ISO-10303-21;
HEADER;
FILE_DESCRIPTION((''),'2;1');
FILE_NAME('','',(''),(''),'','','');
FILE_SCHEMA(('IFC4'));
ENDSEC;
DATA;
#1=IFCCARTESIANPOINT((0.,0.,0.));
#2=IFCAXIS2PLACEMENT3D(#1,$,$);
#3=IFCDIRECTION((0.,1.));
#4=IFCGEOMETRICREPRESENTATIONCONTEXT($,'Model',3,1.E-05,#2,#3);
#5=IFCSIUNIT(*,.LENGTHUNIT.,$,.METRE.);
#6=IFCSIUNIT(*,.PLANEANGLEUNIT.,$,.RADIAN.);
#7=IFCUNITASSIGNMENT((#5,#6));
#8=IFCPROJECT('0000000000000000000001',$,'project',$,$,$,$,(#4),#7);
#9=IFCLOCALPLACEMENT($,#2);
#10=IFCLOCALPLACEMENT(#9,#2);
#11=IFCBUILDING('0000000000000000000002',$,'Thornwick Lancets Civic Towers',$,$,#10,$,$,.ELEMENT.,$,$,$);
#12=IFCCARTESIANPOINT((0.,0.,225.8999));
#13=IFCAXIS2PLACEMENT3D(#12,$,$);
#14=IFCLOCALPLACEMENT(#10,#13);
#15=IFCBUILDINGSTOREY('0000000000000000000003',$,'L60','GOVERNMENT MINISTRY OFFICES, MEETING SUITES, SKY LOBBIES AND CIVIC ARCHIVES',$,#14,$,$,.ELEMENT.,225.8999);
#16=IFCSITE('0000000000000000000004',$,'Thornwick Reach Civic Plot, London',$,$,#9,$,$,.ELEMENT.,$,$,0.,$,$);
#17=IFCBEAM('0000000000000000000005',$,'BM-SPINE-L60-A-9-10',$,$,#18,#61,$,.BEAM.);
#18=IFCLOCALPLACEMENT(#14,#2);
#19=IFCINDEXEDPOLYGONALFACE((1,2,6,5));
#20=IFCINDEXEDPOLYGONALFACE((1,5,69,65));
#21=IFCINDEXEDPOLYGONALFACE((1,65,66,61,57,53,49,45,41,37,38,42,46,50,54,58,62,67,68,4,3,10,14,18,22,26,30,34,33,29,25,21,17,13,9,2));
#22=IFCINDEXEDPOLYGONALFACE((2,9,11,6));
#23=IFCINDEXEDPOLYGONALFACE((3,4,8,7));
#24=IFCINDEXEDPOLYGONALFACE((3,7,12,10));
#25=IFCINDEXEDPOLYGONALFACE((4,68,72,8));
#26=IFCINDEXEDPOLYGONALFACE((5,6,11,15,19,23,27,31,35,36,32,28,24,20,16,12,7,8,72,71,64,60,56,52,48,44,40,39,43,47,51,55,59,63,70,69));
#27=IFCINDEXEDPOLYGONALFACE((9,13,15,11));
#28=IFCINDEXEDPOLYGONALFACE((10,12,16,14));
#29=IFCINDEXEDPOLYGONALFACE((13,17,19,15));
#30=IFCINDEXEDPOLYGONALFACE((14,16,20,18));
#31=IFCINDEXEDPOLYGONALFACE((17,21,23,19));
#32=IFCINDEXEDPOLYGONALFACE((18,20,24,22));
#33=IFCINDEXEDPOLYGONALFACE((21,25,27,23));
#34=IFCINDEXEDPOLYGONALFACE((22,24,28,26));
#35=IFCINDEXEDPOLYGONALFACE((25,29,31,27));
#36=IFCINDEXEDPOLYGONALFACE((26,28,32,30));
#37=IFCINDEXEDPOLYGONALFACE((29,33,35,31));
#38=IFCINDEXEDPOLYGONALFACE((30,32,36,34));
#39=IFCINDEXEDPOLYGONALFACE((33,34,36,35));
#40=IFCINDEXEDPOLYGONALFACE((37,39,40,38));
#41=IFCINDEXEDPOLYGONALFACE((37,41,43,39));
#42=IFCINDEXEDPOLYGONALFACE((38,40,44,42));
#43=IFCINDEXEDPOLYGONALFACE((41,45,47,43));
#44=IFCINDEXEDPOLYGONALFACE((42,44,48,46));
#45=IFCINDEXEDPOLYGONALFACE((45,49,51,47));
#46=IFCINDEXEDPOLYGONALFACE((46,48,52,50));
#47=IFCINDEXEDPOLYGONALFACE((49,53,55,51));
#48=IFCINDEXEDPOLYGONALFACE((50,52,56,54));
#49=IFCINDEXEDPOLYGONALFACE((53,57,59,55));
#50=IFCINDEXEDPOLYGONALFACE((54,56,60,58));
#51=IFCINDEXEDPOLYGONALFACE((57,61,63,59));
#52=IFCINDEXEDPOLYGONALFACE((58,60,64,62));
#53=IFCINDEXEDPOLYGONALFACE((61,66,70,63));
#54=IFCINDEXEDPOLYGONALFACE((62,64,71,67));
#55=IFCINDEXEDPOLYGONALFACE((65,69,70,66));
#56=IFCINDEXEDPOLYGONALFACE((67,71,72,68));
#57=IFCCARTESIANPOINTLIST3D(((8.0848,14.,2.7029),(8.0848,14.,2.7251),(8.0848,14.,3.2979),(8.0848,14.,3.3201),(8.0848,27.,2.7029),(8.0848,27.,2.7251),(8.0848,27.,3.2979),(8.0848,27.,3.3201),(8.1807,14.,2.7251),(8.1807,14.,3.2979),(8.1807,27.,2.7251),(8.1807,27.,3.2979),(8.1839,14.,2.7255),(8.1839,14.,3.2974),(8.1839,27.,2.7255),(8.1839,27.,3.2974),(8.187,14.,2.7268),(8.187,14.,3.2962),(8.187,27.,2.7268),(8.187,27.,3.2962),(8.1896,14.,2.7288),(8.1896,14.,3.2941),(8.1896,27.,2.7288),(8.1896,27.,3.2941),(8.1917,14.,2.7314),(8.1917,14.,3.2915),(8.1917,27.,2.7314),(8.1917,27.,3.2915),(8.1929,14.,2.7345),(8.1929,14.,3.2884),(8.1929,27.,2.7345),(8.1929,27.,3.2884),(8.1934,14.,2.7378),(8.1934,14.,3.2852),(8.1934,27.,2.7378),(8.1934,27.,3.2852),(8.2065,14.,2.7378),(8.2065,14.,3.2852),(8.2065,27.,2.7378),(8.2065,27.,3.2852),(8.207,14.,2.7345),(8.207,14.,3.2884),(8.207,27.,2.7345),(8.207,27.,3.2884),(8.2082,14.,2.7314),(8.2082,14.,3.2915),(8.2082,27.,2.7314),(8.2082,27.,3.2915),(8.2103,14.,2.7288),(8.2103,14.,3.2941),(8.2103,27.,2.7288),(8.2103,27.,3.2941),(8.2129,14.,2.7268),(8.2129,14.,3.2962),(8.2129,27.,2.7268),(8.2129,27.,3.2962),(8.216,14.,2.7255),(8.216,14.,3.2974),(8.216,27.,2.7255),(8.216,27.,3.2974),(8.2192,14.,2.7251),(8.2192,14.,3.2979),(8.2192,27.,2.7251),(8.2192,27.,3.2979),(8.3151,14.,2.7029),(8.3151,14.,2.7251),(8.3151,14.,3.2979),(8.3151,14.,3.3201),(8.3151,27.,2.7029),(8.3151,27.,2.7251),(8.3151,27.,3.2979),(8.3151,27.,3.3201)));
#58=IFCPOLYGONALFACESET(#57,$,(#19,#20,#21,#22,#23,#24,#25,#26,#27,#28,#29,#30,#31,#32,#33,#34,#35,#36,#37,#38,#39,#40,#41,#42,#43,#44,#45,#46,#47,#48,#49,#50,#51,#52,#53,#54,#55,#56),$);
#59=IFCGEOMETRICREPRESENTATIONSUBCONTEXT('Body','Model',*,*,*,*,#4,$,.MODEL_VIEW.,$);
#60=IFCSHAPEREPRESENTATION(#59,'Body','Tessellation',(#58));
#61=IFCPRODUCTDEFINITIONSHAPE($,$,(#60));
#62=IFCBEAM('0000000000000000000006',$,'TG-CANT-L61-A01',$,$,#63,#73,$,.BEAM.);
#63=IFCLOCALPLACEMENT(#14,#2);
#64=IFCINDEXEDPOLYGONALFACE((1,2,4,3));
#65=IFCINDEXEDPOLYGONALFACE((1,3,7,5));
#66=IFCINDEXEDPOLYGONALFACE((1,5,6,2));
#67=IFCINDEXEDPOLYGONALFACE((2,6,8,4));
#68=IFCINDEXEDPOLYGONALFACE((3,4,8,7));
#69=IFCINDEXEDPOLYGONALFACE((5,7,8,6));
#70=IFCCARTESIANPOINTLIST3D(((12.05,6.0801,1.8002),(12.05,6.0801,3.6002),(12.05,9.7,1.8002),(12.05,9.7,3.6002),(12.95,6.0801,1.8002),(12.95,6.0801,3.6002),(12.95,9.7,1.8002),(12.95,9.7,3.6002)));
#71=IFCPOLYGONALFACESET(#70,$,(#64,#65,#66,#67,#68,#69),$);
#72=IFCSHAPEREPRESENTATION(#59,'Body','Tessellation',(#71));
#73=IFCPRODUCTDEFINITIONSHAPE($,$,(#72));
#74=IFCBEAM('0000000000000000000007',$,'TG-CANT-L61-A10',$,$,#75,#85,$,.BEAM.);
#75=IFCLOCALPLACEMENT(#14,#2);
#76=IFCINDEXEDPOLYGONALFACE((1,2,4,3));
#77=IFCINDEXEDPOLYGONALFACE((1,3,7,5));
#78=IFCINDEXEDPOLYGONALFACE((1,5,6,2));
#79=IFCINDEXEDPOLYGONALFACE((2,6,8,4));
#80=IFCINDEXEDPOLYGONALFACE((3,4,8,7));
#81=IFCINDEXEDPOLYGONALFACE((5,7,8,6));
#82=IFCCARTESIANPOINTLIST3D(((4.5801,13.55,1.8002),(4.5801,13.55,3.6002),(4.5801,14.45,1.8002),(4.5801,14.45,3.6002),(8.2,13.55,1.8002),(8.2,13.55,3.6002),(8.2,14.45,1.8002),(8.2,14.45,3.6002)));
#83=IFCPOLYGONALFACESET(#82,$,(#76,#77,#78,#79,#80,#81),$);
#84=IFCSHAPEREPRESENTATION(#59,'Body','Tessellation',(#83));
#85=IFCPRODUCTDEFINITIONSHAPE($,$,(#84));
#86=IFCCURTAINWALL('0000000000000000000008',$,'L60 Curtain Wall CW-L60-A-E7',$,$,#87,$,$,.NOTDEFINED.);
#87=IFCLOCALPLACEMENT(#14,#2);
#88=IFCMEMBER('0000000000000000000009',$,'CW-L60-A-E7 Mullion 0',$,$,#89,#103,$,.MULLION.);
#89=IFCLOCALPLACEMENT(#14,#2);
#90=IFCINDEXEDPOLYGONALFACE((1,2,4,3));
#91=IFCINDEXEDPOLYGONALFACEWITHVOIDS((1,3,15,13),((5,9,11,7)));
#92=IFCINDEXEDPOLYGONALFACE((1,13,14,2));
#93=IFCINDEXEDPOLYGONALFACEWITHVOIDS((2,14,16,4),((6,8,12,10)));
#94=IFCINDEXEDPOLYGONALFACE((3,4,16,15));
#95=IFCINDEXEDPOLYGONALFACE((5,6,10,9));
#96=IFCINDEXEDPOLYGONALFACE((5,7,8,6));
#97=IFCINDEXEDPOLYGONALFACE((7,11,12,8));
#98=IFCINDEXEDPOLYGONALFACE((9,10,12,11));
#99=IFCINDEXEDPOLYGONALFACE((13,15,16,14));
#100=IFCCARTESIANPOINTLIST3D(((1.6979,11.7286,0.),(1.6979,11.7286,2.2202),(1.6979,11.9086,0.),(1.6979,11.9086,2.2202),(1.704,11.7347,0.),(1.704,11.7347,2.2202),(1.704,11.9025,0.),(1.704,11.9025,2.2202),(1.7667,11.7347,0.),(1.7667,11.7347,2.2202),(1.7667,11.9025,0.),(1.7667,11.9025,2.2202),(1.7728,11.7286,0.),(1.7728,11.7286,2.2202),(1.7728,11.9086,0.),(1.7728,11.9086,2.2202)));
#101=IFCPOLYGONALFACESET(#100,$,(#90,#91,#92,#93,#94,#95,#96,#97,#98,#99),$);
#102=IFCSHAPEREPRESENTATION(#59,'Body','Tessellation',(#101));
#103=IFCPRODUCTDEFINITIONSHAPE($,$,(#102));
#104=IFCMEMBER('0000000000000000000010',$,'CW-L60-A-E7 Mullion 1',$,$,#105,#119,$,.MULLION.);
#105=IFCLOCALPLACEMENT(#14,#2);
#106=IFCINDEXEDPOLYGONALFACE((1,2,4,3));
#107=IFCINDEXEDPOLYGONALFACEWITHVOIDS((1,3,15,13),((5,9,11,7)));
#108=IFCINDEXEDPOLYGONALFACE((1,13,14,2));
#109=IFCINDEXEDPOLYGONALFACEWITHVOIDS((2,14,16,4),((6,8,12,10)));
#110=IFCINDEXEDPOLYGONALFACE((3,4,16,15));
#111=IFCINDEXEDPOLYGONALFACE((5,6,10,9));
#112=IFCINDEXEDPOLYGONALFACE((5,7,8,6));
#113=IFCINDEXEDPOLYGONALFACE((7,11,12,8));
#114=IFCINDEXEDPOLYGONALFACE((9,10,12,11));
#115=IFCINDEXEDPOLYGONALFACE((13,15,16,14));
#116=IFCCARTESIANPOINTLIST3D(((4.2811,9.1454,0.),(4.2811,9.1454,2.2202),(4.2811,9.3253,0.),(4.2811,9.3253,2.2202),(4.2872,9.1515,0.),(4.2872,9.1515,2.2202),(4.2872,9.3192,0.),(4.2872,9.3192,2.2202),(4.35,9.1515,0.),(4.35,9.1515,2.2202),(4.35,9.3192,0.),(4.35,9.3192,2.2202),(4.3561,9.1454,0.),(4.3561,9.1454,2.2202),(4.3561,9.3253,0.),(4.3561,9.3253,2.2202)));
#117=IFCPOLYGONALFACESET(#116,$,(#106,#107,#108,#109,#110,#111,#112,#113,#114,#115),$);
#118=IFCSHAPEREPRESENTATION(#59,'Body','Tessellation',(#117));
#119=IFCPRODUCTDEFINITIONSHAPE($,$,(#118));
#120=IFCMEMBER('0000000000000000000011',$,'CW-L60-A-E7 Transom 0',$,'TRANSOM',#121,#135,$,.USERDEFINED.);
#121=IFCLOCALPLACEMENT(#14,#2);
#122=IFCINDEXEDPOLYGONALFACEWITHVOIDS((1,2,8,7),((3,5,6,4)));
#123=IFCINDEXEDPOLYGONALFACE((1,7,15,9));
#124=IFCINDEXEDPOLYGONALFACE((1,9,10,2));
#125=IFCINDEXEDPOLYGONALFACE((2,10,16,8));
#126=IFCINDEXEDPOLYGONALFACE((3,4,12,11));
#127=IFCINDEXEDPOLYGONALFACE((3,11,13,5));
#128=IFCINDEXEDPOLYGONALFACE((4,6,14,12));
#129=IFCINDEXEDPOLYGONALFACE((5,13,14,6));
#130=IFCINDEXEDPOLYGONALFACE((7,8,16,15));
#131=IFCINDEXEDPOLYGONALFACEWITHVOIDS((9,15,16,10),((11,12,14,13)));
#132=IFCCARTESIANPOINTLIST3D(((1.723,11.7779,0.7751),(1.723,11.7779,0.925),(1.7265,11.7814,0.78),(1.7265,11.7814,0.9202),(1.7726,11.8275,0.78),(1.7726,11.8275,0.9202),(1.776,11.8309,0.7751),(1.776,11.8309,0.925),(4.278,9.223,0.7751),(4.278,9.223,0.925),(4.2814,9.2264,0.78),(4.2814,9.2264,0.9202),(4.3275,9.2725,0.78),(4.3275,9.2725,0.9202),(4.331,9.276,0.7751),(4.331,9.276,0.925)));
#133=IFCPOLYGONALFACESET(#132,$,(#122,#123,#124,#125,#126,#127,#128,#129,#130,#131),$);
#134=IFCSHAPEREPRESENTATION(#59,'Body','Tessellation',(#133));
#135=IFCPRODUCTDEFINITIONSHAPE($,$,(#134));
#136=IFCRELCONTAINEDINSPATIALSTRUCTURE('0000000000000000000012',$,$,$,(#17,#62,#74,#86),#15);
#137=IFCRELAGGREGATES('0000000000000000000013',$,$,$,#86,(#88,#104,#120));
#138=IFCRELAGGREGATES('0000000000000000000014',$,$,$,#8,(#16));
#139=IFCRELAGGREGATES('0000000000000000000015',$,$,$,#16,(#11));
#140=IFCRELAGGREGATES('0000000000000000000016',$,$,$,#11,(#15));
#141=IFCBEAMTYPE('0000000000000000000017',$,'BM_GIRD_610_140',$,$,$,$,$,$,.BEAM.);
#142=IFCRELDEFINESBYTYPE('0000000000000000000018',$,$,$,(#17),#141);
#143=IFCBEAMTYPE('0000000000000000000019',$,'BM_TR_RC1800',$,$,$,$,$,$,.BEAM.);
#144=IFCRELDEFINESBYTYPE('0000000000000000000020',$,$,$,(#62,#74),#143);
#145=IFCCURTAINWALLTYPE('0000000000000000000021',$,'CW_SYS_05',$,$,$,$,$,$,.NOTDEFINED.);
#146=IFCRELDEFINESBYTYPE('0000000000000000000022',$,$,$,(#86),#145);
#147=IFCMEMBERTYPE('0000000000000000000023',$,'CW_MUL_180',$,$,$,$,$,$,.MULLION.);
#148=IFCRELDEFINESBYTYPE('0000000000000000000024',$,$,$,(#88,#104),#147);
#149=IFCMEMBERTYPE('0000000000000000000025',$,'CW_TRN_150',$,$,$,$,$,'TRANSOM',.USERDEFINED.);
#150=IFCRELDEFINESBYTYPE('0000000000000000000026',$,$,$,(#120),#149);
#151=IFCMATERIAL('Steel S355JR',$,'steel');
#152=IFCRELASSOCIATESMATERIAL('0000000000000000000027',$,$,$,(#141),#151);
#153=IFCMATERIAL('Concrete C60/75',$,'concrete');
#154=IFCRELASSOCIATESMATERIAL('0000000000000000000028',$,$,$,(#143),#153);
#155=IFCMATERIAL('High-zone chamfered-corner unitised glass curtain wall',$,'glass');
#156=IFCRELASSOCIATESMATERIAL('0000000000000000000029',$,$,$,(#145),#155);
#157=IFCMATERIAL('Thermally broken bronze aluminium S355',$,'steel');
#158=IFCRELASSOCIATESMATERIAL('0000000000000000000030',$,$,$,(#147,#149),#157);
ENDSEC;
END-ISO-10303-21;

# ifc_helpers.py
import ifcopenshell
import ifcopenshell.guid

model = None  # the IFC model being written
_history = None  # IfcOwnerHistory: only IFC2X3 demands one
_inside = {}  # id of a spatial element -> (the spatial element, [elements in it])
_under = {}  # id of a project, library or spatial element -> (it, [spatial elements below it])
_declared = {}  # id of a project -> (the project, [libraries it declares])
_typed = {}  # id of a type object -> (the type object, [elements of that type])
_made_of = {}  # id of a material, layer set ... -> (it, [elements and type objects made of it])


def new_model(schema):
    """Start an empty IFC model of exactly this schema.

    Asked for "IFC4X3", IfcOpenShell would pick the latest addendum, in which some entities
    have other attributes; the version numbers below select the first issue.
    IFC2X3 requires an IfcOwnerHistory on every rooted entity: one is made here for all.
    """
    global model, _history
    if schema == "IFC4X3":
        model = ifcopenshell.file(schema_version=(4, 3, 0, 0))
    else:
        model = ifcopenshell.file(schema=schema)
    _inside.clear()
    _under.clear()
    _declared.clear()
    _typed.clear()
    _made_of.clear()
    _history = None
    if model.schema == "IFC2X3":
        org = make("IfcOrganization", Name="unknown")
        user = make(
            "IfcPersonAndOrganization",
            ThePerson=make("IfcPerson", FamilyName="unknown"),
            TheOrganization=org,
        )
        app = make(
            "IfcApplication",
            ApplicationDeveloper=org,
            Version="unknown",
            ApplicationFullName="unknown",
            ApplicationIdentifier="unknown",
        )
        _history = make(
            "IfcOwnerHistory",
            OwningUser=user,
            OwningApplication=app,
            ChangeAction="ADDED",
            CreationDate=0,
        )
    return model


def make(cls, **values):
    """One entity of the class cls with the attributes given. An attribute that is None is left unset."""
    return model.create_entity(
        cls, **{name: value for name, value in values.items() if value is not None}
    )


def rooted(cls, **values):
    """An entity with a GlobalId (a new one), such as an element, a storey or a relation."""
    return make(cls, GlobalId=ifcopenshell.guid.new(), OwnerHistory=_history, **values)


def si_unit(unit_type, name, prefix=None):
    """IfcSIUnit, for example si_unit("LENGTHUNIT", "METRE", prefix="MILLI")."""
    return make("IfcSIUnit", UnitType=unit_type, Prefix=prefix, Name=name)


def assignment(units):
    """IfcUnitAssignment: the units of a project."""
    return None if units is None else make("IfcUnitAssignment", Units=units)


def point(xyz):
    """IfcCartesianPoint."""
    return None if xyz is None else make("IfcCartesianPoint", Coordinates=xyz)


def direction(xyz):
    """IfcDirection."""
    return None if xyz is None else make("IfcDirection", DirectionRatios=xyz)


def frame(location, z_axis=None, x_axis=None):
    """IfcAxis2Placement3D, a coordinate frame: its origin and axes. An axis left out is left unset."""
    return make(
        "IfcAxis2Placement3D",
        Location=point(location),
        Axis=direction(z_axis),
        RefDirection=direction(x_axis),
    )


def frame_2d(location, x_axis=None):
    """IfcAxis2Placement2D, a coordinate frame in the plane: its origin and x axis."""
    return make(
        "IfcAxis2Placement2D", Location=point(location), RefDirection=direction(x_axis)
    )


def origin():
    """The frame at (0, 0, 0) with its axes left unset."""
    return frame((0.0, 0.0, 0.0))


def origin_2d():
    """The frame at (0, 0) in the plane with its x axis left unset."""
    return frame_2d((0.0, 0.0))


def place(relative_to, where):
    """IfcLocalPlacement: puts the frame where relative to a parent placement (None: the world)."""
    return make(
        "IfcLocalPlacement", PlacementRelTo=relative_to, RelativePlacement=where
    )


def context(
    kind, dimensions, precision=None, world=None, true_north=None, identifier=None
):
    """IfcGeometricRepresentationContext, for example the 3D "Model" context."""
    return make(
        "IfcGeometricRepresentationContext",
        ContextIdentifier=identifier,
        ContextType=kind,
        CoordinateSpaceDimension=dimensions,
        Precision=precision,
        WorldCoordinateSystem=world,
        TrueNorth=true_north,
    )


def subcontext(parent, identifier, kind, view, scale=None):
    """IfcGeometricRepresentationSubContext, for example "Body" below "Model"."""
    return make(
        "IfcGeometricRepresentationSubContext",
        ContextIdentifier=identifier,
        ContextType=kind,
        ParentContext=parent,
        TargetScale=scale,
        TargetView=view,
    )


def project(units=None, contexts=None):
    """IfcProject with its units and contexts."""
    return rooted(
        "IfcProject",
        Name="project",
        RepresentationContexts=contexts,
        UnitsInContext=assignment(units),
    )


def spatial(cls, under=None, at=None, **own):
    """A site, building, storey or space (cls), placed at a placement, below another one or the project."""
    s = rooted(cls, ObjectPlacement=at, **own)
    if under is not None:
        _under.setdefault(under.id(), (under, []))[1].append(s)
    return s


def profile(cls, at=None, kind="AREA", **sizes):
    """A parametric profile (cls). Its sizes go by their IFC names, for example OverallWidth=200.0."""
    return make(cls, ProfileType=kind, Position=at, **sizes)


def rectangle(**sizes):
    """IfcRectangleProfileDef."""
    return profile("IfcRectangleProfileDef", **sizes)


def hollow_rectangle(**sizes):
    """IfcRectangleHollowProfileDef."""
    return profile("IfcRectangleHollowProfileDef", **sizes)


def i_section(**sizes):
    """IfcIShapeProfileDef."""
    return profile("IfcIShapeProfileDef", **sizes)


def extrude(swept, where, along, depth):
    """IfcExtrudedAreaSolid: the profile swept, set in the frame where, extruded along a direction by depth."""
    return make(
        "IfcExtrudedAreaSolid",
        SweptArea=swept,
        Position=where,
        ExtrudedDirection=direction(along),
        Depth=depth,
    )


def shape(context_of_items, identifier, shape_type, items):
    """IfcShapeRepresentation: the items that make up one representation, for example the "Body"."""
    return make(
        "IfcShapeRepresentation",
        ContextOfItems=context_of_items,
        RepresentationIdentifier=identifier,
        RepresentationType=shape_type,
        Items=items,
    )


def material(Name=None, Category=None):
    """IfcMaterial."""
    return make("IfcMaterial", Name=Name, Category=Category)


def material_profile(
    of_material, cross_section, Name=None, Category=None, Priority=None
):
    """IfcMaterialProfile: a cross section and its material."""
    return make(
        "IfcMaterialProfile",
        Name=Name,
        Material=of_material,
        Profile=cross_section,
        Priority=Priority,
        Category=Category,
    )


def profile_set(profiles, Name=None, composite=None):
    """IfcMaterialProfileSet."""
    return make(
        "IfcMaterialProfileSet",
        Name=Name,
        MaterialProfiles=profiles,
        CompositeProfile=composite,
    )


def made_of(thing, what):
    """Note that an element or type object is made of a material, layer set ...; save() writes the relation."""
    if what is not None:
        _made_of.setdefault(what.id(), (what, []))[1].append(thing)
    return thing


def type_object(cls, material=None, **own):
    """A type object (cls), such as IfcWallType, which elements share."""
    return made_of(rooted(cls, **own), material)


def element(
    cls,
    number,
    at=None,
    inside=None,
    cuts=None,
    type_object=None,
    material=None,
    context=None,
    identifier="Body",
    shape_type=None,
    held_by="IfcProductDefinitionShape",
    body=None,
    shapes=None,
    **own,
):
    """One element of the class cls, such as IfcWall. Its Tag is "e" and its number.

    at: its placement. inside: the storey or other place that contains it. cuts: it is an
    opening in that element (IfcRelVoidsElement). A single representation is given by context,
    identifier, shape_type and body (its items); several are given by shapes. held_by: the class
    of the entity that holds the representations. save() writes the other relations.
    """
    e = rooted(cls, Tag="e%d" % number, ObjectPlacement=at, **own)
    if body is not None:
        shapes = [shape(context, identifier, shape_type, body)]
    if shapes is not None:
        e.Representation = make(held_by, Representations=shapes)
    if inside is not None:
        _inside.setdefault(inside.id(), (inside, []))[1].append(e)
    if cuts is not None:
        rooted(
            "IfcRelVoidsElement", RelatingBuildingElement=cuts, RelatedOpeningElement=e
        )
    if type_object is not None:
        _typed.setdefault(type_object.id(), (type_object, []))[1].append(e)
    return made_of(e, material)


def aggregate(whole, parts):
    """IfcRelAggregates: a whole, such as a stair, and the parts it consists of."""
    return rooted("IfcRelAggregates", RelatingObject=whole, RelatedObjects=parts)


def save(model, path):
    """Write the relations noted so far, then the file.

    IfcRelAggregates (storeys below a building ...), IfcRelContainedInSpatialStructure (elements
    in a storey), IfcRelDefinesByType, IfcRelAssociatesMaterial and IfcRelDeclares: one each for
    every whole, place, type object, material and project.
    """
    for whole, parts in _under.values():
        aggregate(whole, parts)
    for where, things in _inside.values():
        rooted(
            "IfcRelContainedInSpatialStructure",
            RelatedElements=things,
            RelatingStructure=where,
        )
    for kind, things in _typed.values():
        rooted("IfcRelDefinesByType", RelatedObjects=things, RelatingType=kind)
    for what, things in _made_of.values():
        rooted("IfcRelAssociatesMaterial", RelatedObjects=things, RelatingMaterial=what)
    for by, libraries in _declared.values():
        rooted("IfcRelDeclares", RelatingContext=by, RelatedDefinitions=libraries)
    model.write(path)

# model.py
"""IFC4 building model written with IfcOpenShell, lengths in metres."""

from ifc_helpers import new_model, si_unit, direction, frame, origin, origin_2d, place, context, subcontext, project, spatial, rectangle, hollow_rectangle, i_section, extrude, material, material_profile, profile_set, type_object, element, aggregate, save


model = new_model("IFC4")

# Units and contexts
model_context = context("Model", 3, precision=1e-05, world=origin(), true_north=direction((0.0, 1.0)))
body_context = subcontext(model_context, "Body", "Model", "MODEL_VIEW")
ifc_project = project(units=[si_unit("LENGTHUNIT", "METRE"), si_unit("PLANEANGLEUNIT", "RADIAN")], contexts=[model_context])

# Site, building, storey
site_placement = place(None, origin())
site = spatial("IfcSite", under=ifc_project, at=site_placement, Name="Thornwick Reach Civic Plot, London", CompositionType="ELEMENT", RefElevation=0.0)
building_placement = place(site_placement, origin())
building = spatial("IfcBuilding", under=site, at=building_placement, Name="Thornwick Lancets Civic Towers", CompositionType="ELEMENT")
storey_placement = place(building_placement, frame((0.0, 0.0, 225.8999)))
storey = spatial("IfcBuildingStorey", under=building, at=storey_placement, Name="L60", Description="GOVERNMENT MINISTRY OFFICES, MEETING SUITES, SKY LOBBIES AND CIVIC ARCHIVES", CompositionType="ELEMENT", Elevation=225.8999)

# Shared definitions
ifc_material_1 = material(Name="Steel S355JR", Category="steel")

# Beams
ifc_material_profile_1 = material_profile(ifc_material_1, i_section(OverallWidth=0.2302, OverallDepth=0.6172, WebThickness=0.0132, FlangeThickness=0.0222, FilletRadius=0.0127, at=origin_2d()), Name="UKB 610x229x140")
ifc_profile_set_1 = profile_set([ifc_material_profile_1], Name="Steel S355JR")
beam_type_1 = type_object("IfcBeamType", Name="BM_GIRD_610_140", PredefinedType="BEAM", material=ifc_profile_set_1)
for number, where, z_axis, x_axis, name in (
    (1, (8.2, 14.0, 3.0115), (0.0, 1.0, 0.0), (-1.0, 0.0, 0.0), "BM-SPINE-L60-A-9-10"),
):
    element("IfcBeam", number, at=place(storey_placement, frame(where, z_axis=z_axis, x_axis=x_axis)), inside=storey, type_object=beam_type_1, Name=name, PredefinedType="BEAM", context=body_context, shape_type="SweptSolid", body=[
        extrude(i_section(OverallWidth=0.2302, OverallDepth=0.6172, WebThickness=0.0132, FlangeThickness=0.0222, FilletRadius=0.0127, at=origin_2d()), origin(), (0.0, 0.0, 1.0), 13.0),
    ])
ifc_material_2 = material(Name="Concrete C60/75", Category="concrete")
ifc_material_profile_2 = material_profile(ifc_material_2, rectangle(XDim=0.8999, YDim=1.8, at=origin_2d()), Name="RC 900x1800")
ifc_profile_set_2 = profile_set([ifc_material_profile_2], Name="Concrete C60/75")
beam_type_2 = type_object("IfcBeamType", Name="BM_TR_RC1800", PredefinedType="BEAM", material=ifc_profile_set_2)
for number, where, z_axis, x_axis, name in (
    (2, (12.5, 9.7, 2.7002), (0.0, -1.0, 0.0), (1.0, 0.0, 0.0), "TG-CANT-L61-A01"),
    (3, (8.2, 14.0, 2.7002), (-1.0, 0.0, 0.0), (0.0, -1.0, 0.0), "TG-CANT-L61-A10"),
):
    element("IfcBeam", number, at=place(storey_placement, frame(where, z_axis=z_axis, x_axis=x_axis)), inside=storey, type_object=beam_type_2, Name=name, PredefinedType="BEAM", context=body_context, shape_type="SweptSolid", body=[
        extrude(rectangle(XDim=0.8999, YDim=1.8, at=origin_2d()), origin(), (0.0, 0.0, 1.0), 3.6199),
    ])

# Curtain wall, members
ifc_material_3 = material(Name="High-zone chamfered-corner unitised glass curtain wall", Category="glass")
curtain_wall_type = type_object("IfcCurtainWallType", Name="CW_SYS_05", PredefinedType="NOTDEFINED", material=ifc_material_3)
curtain_wall_placement = place(storey_placement, origin())
curtain_wall = element("IfcCurtainWall", 4, at=curtain_wall_placement, inside=storey, type_object=curtain_wall_type, Name="L60 Curtain Wall CW-L60-A-E7", PredefinedType="NOTDEFINED")
ifc_material_4 = material(Name="Thermally broken bronze aluminium S355", Category="steel")
ifc_material_profile_3 = material_profile(ifc_material_4, hollow_rectangle(XDim=0.075, YDim=0.1799, WallThickness=0.0061, at=origin_2d()), Name="RHS 180x75x6")
ifc_profile_set_3 = profile_set([ifc_material_profile_3], Name="Thermally broken bronze aluminium S355")
member_type_1 = type_object("IfcMemberType", Name="CW_MUL_180", PredefinedType="MULLION", material=ifc_profile_set_3)
member_1_placement = place(storey_placement, frame((1.7354, 11.8186, 0.0), z_axis=(0.0, 0.0, 1.0), x_axis=(1.0, 0.0, 0.0)))
member_1 = element("IfcMember", 5, at=member_1_placement, type_object=member_type_1, Name="CW-L60-A-E7 Mullion 0", PredefinedType="MULLION", context=body_context, shape_type="SweptSolid", body=[
    extrude(hollow_rectangle(XDim=0.075, YDim=0.1799, WallThickness=0.0061, at=origin_2d()), origin(), (0.0, 0.0, 1.0), 2.2202),
])
member_2_placement = place(storey_placement, frame((4.3186, 9.2354, 0.0), z_axis=(0.0, 0.0, 1.0), x_axis=(1.0, 0.0, 0.0)))
member_2 = element("IfcMember", 6, at=member_2_placement, type_object=member_type_1, Name="CW-L60-A-E7 Mullion 1", PredefinedType="MULLION", context=body_context, shape_type="SweptSolid", body=[
    extrude(hollow_rectangle(XDim=0.075, YDim=0.1799, WallThickness=0.0061, at=origin_2d()), origin(), (0.0, 0.0, 1.0), 2.2202),
])
ifc_material_profile_4 = material_profile(ifc_material_4, hollow_rectangle(XDim=0.075, YDim=0.1499, WallThickness=0.0049, at=origin_2d()), Name="RHS 150x75x5")
ifc_profile_set_4 = profile_set([ifc_material_profile_4], Name="Thermally broken bronze aluminium S355")
member_type_2 = type_object("IfcMemberType", Name="CW_TRN_150", ElementType="TRANSOM", PredefinedType="USERDEFINED", material=ifc_profile_set_4)
member_3_placement = place(storey_placement, frame((1.7495, 11.8044, 0.8501), z_axis=(0.707107, -0.707107, 0.0), x_axis=(0.707107, 0.707107, 0.0)))
member_3 = element("IfcMember", 7, at=member_3_placement, type_object=member_type_2, Name="CW-L60-A-E7 Transom 0", ObjectType="TRANSOM", PredefinedType="USERDEFINED", context=body_context, shape_type="SweptSolid", body=[
    extrude(hollow_rectangle(XDim=0.075, YDim=0.1499, WallThickness=0.0049, at=origin_2d()), origin(), (0.0, 0.0, 1.0), 3.6133),
])

aggregate(curtain_wall, [member_1, member_2, member_3])

save(model, "model.ifc")
